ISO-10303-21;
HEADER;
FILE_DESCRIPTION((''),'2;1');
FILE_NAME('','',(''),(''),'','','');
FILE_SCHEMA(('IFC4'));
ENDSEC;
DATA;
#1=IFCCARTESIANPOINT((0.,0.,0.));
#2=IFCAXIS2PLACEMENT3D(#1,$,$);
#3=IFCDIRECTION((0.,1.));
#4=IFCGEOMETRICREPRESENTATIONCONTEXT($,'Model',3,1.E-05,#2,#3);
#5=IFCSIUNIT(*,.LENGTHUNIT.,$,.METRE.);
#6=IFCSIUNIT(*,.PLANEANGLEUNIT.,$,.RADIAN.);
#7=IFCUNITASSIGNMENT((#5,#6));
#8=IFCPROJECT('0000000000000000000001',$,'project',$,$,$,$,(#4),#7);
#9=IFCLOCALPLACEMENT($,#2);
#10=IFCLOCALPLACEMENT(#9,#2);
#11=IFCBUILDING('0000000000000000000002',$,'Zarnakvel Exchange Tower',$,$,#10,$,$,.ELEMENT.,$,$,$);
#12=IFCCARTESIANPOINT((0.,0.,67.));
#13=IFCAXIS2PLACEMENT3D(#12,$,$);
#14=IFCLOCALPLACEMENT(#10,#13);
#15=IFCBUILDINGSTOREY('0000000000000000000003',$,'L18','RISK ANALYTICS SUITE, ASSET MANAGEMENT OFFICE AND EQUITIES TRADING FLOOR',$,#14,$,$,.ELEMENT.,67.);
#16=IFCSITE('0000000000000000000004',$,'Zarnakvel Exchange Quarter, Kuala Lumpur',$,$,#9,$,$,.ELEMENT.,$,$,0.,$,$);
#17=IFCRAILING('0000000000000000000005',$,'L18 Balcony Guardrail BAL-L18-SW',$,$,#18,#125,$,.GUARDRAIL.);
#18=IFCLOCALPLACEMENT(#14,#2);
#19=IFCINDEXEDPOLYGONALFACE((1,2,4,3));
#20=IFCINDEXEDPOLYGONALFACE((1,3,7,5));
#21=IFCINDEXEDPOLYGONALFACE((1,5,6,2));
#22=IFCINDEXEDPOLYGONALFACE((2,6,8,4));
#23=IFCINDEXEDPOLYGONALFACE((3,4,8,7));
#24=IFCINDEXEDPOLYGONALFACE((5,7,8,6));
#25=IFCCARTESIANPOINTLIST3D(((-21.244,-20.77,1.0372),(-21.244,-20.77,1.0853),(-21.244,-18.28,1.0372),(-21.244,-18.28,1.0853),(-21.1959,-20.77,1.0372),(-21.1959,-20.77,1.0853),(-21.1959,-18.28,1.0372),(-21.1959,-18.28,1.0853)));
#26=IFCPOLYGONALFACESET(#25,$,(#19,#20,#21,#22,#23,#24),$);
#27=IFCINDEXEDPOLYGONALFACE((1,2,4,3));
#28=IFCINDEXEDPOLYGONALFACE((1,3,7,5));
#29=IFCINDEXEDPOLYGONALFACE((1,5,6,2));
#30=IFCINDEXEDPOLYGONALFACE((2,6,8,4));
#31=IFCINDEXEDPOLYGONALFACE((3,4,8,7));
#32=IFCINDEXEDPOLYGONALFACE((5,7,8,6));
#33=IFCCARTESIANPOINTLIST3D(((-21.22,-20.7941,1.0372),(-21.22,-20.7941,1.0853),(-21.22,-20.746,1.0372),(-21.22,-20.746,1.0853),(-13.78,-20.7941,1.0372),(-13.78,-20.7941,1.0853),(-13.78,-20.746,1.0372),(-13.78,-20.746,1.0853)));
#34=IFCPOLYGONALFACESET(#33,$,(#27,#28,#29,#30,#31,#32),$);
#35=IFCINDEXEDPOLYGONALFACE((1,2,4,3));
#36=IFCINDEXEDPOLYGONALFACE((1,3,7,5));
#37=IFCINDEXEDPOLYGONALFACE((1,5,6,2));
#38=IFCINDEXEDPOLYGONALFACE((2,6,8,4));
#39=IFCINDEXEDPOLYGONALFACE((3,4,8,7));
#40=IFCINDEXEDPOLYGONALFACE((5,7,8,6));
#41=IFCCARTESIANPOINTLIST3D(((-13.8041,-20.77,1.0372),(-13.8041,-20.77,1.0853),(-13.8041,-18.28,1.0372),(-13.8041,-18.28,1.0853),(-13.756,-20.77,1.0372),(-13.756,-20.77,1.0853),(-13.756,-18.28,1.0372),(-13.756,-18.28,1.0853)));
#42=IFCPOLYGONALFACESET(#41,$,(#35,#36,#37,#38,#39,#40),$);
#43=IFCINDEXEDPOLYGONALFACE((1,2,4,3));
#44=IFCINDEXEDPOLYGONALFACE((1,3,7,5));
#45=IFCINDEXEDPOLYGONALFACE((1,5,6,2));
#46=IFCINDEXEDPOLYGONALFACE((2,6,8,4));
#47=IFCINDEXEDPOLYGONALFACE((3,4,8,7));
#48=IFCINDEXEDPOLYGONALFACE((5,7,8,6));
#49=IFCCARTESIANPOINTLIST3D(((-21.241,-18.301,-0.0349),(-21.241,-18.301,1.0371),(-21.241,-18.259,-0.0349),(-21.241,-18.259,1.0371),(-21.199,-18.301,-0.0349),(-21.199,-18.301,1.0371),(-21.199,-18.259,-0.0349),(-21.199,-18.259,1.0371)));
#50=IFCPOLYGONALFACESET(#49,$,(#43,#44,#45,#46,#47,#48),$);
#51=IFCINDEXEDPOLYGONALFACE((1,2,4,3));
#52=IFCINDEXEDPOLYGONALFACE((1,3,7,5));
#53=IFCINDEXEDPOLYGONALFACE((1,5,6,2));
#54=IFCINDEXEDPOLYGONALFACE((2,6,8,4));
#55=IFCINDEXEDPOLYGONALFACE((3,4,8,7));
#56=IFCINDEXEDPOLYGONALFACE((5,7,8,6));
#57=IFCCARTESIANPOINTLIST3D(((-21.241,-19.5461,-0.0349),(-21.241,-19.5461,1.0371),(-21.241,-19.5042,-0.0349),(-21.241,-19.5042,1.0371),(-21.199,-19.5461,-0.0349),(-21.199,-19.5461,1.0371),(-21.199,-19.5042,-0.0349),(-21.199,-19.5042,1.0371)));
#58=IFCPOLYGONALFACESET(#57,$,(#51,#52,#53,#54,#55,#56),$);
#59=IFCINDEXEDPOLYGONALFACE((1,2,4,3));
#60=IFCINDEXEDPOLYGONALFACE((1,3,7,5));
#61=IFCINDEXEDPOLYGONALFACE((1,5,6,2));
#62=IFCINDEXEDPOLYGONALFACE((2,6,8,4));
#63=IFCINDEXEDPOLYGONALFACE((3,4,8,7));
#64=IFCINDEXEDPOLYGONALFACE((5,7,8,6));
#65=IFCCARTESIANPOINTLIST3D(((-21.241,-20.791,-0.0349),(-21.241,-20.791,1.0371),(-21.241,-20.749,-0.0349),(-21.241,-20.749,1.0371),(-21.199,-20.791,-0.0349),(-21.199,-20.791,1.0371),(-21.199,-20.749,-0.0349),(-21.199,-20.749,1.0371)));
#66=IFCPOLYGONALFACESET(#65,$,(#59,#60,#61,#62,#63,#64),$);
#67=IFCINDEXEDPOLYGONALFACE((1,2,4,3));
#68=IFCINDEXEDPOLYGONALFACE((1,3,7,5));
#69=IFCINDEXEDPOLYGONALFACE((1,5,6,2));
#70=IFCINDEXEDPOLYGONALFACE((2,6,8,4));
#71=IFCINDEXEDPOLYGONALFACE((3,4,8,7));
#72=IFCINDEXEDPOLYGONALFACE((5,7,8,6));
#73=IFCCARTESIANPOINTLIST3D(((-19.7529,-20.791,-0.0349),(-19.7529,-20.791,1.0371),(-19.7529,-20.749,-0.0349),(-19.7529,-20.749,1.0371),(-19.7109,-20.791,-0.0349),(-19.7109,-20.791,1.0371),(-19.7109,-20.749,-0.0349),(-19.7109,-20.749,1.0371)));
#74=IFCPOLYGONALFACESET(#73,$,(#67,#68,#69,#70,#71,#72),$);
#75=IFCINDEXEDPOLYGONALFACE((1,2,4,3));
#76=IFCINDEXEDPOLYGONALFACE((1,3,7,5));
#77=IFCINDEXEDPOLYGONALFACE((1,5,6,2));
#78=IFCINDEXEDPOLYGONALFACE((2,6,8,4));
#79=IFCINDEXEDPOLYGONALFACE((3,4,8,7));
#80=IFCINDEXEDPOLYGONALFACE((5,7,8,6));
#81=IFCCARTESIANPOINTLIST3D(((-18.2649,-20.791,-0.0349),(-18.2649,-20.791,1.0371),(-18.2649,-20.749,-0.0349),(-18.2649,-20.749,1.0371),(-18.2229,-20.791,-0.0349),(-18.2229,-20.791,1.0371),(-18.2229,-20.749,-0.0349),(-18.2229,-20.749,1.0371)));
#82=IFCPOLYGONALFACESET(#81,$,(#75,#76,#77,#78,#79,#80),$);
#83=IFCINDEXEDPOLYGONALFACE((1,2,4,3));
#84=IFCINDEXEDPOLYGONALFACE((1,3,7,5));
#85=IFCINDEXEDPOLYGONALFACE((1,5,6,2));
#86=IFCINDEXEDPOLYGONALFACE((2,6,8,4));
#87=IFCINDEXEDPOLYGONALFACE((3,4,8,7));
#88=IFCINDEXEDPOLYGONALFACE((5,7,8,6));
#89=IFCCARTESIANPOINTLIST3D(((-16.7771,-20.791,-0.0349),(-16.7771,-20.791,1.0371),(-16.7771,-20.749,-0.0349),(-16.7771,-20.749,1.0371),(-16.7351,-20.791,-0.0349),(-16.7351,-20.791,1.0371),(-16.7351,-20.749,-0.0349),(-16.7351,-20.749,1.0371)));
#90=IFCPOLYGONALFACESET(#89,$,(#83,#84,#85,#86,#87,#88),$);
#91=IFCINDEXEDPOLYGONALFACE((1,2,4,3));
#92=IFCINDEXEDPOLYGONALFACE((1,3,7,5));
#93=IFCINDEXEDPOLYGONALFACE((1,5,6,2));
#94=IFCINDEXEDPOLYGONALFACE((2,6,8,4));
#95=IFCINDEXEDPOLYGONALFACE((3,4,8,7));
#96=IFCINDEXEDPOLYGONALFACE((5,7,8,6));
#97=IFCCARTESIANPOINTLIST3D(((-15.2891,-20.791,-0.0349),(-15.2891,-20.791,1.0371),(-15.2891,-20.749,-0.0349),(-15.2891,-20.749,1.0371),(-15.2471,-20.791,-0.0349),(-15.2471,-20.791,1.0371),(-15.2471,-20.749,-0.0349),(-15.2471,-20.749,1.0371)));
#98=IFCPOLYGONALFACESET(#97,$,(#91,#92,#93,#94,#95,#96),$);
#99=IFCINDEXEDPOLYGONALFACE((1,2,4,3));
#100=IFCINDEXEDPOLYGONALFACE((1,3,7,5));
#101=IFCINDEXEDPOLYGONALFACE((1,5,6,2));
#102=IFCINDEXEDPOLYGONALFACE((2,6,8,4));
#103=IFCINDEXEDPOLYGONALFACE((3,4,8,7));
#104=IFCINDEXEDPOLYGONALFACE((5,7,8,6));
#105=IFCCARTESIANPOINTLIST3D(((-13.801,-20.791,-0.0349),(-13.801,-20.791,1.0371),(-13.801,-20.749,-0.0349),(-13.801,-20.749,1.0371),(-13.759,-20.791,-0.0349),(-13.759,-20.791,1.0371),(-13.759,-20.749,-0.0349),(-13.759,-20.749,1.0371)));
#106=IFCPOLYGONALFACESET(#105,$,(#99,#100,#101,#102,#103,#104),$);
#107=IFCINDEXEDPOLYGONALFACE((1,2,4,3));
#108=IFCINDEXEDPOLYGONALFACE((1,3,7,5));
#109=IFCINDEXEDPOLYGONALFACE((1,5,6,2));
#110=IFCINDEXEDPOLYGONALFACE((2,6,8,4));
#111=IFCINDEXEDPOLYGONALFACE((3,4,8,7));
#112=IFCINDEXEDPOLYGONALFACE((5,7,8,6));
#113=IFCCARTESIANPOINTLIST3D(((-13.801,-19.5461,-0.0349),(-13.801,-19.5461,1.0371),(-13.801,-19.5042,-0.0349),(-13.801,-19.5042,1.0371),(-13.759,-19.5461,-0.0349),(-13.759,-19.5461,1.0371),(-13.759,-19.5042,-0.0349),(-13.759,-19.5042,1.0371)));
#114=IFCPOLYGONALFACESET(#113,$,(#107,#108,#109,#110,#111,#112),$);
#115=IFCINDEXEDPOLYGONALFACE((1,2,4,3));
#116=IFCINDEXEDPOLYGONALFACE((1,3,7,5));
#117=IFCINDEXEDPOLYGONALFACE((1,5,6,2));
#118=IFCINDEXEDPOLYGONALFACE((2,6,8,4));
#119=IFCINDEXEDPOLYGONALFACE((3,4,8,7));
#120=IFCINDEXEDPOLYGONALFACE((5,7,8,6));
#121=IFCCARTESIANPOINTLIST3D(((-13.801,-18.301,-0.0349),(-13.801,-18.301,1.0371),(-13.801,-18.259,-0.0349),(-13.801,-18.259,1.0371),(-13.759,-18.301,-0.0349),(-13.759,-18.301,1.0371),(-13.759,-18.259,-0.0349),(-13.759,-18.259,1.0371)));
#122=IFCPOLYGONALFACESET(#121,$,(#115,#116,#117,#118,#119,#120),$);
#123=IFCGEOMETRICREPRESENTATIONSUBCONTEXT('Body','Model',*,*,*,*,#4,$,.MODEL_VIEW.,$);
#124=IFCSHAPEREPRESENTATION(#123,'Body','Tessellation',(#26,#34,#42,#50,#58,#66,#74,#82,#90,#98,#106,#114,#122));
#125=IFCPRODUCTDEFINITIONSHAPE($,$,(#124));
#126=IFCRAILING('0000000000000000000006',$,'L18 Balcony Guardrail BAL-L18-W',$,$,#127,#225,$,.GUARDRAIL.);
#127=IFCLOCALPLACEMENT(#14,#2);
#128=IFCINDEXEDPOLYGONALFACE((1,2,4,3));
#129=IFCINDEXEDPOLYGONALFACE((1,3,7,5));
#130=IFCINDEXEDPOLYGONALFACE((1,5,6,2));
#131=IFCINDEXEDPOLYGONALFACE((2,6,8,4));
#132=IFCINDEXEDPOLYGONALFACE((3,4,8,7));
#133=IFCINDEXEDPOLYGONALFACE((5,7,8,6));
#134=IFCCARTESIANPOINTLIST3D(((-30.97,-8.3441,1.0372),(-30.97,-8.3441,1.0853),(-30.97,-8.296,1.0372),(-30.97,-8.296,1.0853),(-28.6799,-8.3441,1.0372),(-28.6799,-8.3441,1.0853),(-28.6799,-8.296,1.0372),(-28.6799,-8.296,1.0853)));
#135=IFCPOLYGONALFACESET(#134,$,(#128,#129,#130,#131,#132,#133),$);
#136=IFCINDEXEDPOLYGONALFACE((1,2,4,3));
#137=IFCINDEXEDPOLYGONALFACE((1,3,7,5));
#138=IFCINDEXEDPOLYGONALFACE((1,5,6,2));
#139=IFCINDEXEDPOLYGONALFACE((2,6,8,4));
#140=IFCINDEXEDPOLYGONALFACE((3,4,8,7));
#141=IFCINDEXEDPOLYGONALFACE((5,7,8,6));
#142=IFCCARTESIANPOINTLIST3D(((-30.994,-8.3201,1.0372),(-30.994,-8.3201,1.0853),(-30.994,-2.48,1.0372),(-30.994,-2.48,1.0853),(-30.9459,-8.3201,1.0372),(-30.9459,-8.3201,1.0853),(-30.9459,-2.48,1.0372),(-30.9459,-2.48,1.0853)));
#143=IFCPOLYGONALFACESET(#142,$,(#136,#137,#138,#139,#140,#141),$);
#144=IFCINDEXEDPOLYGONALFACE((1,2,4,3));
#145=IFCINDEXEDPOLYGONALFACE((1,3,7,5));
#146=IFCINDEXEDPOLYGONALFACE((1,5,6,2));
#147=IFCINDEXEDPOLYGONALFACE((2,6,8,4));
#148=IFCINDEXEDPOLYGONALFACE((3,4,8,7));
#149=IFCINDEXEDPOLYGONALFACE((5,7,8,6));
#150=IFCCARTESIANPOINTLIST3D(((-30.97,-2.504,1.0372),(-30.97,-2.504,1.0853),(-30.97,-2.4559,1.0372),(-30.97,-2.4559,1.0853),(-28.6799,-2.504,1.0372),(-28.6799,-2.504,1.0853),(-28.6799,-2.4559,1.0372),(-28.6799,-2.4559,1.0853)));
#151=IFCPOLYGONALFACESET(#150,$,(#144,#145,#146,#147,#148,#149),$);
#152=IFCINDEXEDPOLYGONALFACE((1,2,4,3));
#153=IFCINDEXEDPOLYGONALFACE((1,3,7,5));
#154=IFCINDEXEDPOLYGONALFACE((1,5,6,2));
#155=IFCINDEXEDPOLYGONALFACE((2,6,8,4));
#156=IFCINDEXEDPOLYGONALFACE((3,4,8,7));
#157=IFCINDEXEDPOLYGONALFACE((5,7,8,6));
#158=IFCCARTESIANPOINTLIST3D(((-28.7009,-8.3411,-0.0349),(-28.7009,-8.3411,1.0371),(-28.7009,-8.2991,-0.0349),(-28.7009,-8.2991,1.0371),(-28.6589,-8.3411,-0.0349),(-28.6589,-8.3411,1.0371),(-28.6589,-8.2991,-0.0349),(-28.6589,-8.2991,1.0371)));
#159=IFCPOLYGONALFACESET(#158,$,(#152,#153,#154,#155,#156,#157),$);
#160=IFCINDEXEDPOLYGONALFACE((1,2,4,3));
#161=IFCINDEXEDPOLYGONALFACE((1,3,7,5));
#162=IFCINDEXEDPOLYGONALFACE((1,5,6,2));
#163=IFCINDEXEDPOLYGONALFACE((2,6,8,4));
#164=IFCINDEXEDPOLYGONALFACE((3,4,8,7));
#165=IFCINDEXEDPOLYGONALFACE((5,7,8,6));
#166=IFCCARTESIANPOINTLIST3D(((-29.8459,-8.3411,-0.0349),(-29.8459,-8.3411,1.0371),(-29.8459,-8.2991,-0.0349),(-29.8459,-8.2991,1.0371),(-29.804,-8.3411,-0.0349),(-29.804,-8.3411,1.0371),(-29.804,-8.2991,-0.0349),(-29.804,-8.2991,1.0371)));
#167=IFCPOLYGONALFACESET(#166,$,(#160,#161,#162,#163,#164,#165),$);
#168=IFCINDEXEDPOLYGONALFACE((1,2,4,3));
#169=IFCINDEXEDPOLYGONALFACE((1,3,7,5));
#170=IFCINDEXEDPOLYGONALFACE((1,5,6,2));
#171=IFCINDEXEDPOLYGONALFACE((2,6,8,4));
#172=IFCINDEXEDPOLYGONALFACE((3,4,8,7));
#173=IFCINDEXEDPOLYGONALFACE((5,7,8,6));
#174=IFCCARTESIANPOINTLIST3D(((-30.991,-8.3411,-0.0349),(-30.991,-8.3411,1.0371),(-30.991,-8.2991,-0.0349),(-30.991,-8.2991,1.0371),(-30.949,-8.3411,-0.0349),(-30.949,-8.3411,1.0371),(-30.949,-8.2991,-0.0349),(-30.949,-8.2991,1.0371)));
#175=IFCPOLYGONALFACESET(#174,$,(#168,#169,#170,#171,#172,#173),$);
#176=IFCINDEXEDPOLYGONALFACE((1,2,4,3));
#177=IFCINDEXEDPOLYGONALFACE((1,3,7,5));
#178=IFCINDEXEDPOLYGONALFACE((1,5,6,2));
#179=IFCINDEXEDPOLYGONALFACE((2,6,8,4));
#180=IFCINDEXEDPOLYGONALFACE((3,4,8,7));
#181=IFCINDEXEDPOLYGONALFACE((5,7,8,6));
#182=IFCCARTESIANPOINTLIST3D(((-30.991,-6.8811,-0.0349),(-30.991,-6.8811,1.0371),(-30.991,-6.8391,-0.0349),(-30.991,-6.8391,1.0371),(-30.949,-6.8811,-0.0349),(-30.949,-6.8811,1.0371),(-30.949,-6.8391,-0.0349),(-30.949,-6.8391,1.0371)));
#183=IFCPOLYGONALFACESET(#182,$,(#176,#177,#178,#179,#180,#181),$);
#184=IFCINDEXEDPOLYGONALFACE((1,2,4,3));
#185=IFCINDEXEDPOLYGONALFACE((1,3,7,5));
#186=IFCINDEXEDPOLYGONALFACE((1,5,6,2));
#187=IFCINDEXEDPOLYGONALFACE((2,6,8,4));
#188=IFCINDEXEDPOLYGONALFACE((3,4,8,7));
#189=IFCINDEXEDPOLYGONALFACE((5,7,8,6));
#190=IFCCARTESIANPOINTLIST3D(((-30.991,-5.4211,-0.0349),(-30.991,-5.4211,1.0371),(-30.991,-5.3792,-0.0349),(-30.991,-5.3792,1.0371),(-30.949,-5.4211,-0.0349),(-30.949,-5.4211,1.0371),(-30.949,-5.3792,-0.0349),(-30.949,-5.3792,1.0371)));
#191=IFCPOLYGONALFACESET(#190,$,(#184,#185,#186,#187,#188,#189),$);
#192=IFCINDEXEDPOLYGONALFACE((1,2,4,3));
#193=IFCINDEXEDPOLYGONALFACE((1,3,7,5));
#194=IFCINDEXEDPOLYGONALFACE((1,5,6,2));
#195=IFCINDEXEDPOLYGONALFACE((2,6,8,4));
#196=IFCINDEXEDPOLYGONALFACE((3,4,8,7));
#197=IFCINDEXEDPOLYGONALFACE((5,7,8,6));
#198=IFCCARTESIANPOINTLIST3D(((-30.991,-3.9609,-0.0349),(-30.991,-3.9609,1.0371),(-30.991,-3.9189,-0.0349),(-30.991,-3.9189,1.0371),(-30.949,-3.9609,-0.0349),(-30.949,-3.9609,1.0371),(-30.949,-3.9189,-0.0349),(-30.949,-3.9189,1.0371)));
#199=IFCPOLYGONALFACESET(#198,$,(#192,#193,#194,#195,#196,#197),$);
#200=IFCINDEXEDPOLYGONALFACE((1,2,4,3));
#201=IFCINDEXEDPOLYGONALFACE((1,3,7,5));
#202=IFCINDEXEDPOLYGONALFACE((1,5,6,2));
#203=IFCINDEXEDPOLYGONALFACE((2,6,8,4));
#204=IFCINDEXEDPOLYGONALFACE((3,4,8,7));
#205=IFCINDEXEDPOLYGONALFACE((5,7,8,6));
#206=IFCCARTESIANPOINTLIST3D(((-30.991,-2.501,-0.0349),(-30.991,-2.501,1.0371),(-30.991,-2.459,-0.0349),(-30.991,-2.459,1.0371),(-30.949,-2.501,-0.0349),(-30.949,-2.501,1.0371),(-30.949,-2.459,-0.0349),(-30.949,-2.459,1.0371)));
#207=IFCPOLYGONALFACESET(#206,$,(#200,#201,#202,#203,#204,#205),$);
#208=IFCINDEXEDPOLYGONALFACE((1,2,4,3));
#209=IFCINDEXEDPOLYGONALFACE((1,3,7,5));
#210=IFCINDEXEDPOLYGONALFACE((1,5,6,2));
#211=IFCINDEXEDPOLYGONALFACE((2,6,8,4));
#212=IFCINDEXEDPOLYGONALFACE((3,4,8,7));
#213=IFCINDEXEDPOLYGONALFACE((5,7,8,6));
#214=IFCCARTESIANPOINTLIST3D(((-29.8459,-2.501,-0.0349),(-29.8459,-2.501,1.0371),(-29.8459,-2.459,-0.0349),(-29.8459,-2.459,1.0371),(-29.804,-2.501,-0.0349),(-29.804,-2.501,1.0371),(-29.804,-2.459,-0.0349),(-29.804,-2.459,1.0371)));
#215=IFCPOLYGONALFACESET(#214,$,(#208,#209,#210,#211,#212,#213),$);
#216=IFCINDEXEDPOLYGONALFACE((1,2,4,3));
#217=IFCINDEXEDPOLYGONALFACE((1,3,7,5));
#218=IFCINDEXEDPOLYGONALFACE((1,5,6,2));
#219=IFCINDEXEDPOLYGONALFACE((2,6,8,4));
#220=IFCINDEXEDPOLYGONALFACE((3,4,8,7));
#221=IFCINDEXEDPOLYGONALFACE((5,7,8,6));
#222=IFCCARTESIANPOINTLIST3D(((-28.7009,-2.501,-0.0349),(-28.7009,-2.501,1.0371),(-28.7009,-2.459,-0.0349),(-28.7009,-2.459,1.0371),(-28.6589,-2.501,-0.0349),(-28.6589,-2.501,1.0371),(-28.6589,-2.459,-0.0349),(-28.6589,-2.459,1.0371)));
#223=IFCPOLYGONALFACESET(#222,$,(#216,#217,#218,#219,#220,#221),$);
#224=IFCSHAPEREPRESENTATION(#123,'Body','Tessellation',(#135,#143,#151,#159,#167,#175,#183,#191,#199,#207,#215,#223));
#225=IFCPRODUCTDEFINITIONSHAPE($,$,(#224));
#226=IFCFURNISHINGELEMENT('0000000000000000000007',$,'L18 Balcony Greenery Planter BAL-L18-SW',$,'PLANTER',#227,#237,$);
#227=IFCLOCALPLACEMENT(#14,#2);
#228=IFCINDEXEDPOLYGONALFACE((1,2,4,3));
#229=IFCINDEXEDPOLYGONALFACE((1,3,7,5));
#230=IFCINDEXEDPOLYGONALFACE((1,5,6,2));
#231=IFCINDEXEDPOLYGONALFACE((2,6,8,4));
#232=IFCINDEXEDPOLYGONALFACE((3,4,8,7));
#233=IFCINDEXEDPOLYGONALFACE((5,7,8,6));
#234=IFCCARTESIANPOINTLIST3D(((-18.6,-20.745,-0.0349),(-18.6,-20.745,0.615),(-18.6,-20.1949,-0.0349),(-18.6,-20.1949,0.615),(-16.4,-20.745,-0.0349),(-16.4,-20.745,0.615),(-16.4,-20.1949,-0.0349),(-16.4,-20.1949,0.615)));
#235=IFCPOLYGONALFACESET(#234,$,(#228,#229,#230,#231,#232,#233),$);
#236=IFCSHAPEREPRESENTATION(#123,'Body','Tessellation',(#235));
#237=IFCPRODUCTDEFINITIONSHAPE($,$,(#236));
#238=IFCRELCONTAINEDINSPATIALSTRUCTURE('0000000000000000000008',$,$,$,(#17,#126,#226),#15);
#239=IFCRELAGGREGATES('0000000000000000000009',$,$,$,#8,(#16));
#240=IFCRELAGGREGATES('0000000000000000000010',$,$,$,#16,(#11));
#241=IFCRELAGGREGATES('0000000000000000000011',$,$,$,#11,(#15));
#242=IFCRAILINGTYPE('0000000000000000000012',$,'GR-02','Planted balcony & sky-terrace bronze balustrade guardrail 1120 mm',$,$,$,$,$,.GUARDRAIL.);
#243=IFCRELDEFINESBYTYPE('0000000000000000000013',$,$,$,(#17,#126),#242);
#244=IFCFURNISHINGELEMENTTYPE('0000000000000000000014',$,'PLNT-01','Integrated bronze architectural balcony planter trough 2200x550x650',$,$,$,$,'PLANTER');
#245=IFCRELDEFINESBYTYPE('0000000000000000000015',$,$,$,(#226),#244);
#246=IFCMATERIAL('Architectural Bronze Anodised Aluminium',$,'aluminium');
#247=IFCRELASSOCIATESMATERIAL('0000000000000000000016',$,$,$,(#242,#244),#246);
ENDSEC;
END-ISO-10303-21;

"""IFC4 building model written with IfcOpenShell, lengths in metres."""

from ifc_helpers import new_model, si_unit, direction, frame, origin, origin_2d, place, context, subcontext, project, spatial, rectangle, extrude, source, transform, mapped, material, type_object, element, save


model = new_model("IFC4")

# Units and contexts
model_context = context("Model", 3, precision=1e-05, world=origin(), true_north=direction((0.0, 1.0)))
body_context = subcontext(model_context, "Body", "Model", "MODEL_VIEW")
ifc_project = project(units=[si_unit("LENGTHUNIT", "METRE"), si_unit("PLANEANGLEUNIT", "RADIAN")], contexts=[model_context])

# Site, building, storey
site_placement = place(None, origin())
site = spatial("IfcSite", under=ifc_project, at=site_placement, Name="Zarnakvel Exchange Quarter, Kuala Lumpur", CompositionType="ELEMENT", RefElevation=0.0)
building_placement = place(site_placement, origin())
building = spatial("IfcBuilding", under=site, at=building_placement, Name="Zarnakvel Exchange Tower", CompositionType="ELEMENT")
storey_placement = place(building_placement, frame((0.0, 0.0, 67.0)))
storey = spatial("IfcBuildingStorey", under=building, at=storey_placement, Name="L18", Description="RISK ANALYTICS SUITE, ASSET MANAGEMENT OFFICE AND EQUITIES TRADING FLOOR", CompositionType="ELEMENT", Elevation=67.0)

# Shared definitions
ifc_material_1 = material(Name="Architectural Bronze Anodised Aluminium", Category="aluminium")

# Railings
railing_type = type_object("IfcRailingType", Name="GR-02", Description="Planted balcony & sky-terrace bronze balustrade guardrail 1120 mm", PredefinedType="GUARDRAIL", material=ifc_material_1)
railing_1_placement = place(storey_placement, frame((-21.22, -18.28, -0.0349)))
element("IfcRailing", 1, at=railing_1_placement, inside=storey, type_object=railing_type, Name="L18 Balcony Guardrail BAL-L18-SW", PredefinedType="GUARDRAIL", context=body_context, shape_type="SweptSolid", body=[
    extrude(rectangle(XDim=0.0481, YDim=0.0481, at=origin_2d()), frame((0.0, 0.0, 1.0962), z_axis=(0.0, -1.0, 0.0), x_axis=(1.0, 0.0, 0.0)), (0.0, 0.0, 1.0), 2.49),
    extrude(rectangle(XDim=0.0481, YDim=0.0481, at=origin_2d()), frame((0.0, -2.49, 1.0962), z_axis=(1.0, 0.0, 0.0), x_axis=(0.0, 1.0, 0.0)), (0.0, 0.0, 1.0), 7.4399),
    extrude(rectangle(XDim=0.0481, YDim=0.0481, at=origin_2d()), frame((7.4399, -2.49, 1.0962), z_axis=(0.0, 1.0, 0.0), x_axis=(-1.0, 0.0, 0.0)), (0.0, 0.0, 1.0), 2.49),
    extrude(rectangle(XDim=0.042, YDim=0.042, at=origin_2d()), origin(), (0.0, 0.0, 1.0), 1.072),
    extrude(rectangle(XDim=0.042, YDim=0.042, at=origin_2d()), frame((0.0, -1.2451, 0.0)), (0.0, 0.0, 1.0), 1.072),
    extrude(rectangle(XDim=0.042, YDim=0.042, at=origin_2d()), frame((0.0, -2.49, 0.0)), (0.0, 0.0, 1.0), 1.072),
    extrude(rectangle(XDim=0.042, YDim=0.042, at=origin_2d()), frame((1.488, -2.49, 0.0)), (0.0, 0.0, 1.0), 1.072),
    extrude(rectangle(XDim=0.042, YDim=0.042, at=origin_2d()), frame((2.9761, -2.49, 0.0)), (0.0, 0.0, 1.0), 1.072),
    extrude(rectangle(XDim=0.042, YDim=0.042, at=origin_2d()), frame((4.4639, -2.49, 0.0)), (0.0, 0.0, 1.0), 1.072),
    extrude(rectangle(XDim=0.042, YDim=0.042, at=origin_2d()), frame((5.9519, -2.49, 0.0)), (0.0, 0.0, 1.0), 1.072),
    extrude(rectangle(XDim=0.042, YDim=0.042, at=origin_2d()), frame((7.4399, -2.49, 0.0)), (0.0, 0.0, 1.0), 1.072),
    extrude(rectangle(XDim=0.042, YDim=0.042, at=origin_2d()), frame((7.4399, -1.2451, 0.0)), (0.0, 0.0, 1.0), 1.072),
    extrude(rectangle(XDim=0.042, YDim=0.042, at=origin_2d()), frame((7.4399, 0.0, 0.0)), (0.0, 0.0, 1.0), 1.072),
])
railing_2_placement = place(storey_placement, frame((-28.6799, -8.3201, -0.0349)))
element("IfcRailing", 2, at=railing_2_placement, inside=storey, type_object=railing_type, Name="L18 Balcony Guardrail BAL-L18-W", PredefinedType="GUARDRAIL", context=body_context, shape_type="SweptSolid", body=[
    extrude(rectangle(XDim=0.0481, YDim=0.0481, at=origin_2d()), frame((0.0, 0.0, 1.0962), z_axis=(-1.0, 0.0, 0.0), x_axis=(0.0, -1.0, 0.0)), (0.0, 0.0, 1.0), 2.29),
    extrude(rectangle(XDim=0.0481, YDim=0.0481, at=origin_2d()), frame((-2.29, 0.0, 1.0962), z_axis=(0.0, 1.0, 0.0), x_axis=(-1.0, 0.0, 0.0)), (0.0, 0.0, 1.0), 5.8401),
    extrude(rectangle(XDim=0.0481, YDim=0.0481, at=origin_2d()), frame((-2.29, 5.8401, 1.0962), z_axis=(1.0, 0.0, 0.0), x_axis=(0.0, 1.0, 0.0)), (0.0, 0.0, 1.0), 2.29),
    extrude(rectangle(XDim=0.042, YDim=0.042, at=origin_2d()), origin(), (0.0, 0.0, 1.0), 1.072),
    extrude(rectangle(XDim=0.042, YDim=0.042, at=origin_2d()), frame((-1.145, 0.0, 0.0)), (0.0, 0.0, 1.0), 1.072),
    extrude(rectangle(XDim=0.042, YDim=0.042, at=origin_2d()), frame((-2.29, 0.0, 0.0)), (0.0, 0.0, 1.0), 1.072),
    extrude(rectangle(XDim=0.042, YDim=0.042, at=origin_2d()), frame((-2.29, 1.46, 0.0)), (0.0, 0.0, 1.0), 1.072),
    extrude(rectangle(XDim=0.042, YDim=0.042, at=origin_2d()), frame((-2.29, 2.9199, 0.0)), (0.0, 0.0, 1.0), 1.072),
    extrude(rectangle(XDim=0.042, YDim=0.042, at=origin_2d()), frame((-2.29, 4.3801, 0.0)), (0.0, 0.0, 1.0), 1.072),
    extrude(rectangle(XDim=0.042, YDim=0.042, at=origin_2d()), frame((-2.29, 5.8401, 0.0)), (0.0, 0.0, 1.0), 1.072),
    extrude(rectangle(XDim=0.042, YDim=0.042, at=origin_2d()), frame((-1.145, 5.8401, 0.0)), (0.0, 0.0, 1.0), 1.072),
    extrude(rectangle(XDim=0.042, YDim=0.042, at=origin_2d()), frame((0.0, 5.8401, 0.0)), (0.0, 0.0, 1.0), 1.072),
])

# Furnishing element
furnishing_element_type = type_object("IfcFurnishingElementType", Name="PLNT-01", Description="Integrated bronze architectural balcony planter trough 2200x550x650", ElementType="PLANTER", material=ifc_material_1)
shared_shape_1 = source(origin(), body_context, "Body", "SweptSolid", [
    extrude(rectangle(XDim=2.2, YDim=0.55, at=origin_2d()), origin(), (0.0, 0.0, 1.0), 0.6499),
])
furnishing_placement = place(storey_placement, frame((-17.5, -20.47, -0.0349), z_axis=(0.0, 0.0, 1.0), x_axis=(1.0, 0.0, 0.0)))
element("IfcFurnishingElement", 3, at=furnishing_placement, inside=storey, type_object=furnishing_element_type, Name="L18 Balcony Greenery Planter BAL-L18-SW", ObjectType="PLANTER", context=body_context, shape_type="MappedRepresentation", body=[
    mapped(shared_shape_1, transform((0.0, 0.0, 0.0), x_axis=(1.0, 0.0, 0.0), y_axis=(0.0, 1.0, 0.0), z_axis=(0.0, 0.0, 1.0), scale=1.0)),
])

save(model, "model.ifc")
